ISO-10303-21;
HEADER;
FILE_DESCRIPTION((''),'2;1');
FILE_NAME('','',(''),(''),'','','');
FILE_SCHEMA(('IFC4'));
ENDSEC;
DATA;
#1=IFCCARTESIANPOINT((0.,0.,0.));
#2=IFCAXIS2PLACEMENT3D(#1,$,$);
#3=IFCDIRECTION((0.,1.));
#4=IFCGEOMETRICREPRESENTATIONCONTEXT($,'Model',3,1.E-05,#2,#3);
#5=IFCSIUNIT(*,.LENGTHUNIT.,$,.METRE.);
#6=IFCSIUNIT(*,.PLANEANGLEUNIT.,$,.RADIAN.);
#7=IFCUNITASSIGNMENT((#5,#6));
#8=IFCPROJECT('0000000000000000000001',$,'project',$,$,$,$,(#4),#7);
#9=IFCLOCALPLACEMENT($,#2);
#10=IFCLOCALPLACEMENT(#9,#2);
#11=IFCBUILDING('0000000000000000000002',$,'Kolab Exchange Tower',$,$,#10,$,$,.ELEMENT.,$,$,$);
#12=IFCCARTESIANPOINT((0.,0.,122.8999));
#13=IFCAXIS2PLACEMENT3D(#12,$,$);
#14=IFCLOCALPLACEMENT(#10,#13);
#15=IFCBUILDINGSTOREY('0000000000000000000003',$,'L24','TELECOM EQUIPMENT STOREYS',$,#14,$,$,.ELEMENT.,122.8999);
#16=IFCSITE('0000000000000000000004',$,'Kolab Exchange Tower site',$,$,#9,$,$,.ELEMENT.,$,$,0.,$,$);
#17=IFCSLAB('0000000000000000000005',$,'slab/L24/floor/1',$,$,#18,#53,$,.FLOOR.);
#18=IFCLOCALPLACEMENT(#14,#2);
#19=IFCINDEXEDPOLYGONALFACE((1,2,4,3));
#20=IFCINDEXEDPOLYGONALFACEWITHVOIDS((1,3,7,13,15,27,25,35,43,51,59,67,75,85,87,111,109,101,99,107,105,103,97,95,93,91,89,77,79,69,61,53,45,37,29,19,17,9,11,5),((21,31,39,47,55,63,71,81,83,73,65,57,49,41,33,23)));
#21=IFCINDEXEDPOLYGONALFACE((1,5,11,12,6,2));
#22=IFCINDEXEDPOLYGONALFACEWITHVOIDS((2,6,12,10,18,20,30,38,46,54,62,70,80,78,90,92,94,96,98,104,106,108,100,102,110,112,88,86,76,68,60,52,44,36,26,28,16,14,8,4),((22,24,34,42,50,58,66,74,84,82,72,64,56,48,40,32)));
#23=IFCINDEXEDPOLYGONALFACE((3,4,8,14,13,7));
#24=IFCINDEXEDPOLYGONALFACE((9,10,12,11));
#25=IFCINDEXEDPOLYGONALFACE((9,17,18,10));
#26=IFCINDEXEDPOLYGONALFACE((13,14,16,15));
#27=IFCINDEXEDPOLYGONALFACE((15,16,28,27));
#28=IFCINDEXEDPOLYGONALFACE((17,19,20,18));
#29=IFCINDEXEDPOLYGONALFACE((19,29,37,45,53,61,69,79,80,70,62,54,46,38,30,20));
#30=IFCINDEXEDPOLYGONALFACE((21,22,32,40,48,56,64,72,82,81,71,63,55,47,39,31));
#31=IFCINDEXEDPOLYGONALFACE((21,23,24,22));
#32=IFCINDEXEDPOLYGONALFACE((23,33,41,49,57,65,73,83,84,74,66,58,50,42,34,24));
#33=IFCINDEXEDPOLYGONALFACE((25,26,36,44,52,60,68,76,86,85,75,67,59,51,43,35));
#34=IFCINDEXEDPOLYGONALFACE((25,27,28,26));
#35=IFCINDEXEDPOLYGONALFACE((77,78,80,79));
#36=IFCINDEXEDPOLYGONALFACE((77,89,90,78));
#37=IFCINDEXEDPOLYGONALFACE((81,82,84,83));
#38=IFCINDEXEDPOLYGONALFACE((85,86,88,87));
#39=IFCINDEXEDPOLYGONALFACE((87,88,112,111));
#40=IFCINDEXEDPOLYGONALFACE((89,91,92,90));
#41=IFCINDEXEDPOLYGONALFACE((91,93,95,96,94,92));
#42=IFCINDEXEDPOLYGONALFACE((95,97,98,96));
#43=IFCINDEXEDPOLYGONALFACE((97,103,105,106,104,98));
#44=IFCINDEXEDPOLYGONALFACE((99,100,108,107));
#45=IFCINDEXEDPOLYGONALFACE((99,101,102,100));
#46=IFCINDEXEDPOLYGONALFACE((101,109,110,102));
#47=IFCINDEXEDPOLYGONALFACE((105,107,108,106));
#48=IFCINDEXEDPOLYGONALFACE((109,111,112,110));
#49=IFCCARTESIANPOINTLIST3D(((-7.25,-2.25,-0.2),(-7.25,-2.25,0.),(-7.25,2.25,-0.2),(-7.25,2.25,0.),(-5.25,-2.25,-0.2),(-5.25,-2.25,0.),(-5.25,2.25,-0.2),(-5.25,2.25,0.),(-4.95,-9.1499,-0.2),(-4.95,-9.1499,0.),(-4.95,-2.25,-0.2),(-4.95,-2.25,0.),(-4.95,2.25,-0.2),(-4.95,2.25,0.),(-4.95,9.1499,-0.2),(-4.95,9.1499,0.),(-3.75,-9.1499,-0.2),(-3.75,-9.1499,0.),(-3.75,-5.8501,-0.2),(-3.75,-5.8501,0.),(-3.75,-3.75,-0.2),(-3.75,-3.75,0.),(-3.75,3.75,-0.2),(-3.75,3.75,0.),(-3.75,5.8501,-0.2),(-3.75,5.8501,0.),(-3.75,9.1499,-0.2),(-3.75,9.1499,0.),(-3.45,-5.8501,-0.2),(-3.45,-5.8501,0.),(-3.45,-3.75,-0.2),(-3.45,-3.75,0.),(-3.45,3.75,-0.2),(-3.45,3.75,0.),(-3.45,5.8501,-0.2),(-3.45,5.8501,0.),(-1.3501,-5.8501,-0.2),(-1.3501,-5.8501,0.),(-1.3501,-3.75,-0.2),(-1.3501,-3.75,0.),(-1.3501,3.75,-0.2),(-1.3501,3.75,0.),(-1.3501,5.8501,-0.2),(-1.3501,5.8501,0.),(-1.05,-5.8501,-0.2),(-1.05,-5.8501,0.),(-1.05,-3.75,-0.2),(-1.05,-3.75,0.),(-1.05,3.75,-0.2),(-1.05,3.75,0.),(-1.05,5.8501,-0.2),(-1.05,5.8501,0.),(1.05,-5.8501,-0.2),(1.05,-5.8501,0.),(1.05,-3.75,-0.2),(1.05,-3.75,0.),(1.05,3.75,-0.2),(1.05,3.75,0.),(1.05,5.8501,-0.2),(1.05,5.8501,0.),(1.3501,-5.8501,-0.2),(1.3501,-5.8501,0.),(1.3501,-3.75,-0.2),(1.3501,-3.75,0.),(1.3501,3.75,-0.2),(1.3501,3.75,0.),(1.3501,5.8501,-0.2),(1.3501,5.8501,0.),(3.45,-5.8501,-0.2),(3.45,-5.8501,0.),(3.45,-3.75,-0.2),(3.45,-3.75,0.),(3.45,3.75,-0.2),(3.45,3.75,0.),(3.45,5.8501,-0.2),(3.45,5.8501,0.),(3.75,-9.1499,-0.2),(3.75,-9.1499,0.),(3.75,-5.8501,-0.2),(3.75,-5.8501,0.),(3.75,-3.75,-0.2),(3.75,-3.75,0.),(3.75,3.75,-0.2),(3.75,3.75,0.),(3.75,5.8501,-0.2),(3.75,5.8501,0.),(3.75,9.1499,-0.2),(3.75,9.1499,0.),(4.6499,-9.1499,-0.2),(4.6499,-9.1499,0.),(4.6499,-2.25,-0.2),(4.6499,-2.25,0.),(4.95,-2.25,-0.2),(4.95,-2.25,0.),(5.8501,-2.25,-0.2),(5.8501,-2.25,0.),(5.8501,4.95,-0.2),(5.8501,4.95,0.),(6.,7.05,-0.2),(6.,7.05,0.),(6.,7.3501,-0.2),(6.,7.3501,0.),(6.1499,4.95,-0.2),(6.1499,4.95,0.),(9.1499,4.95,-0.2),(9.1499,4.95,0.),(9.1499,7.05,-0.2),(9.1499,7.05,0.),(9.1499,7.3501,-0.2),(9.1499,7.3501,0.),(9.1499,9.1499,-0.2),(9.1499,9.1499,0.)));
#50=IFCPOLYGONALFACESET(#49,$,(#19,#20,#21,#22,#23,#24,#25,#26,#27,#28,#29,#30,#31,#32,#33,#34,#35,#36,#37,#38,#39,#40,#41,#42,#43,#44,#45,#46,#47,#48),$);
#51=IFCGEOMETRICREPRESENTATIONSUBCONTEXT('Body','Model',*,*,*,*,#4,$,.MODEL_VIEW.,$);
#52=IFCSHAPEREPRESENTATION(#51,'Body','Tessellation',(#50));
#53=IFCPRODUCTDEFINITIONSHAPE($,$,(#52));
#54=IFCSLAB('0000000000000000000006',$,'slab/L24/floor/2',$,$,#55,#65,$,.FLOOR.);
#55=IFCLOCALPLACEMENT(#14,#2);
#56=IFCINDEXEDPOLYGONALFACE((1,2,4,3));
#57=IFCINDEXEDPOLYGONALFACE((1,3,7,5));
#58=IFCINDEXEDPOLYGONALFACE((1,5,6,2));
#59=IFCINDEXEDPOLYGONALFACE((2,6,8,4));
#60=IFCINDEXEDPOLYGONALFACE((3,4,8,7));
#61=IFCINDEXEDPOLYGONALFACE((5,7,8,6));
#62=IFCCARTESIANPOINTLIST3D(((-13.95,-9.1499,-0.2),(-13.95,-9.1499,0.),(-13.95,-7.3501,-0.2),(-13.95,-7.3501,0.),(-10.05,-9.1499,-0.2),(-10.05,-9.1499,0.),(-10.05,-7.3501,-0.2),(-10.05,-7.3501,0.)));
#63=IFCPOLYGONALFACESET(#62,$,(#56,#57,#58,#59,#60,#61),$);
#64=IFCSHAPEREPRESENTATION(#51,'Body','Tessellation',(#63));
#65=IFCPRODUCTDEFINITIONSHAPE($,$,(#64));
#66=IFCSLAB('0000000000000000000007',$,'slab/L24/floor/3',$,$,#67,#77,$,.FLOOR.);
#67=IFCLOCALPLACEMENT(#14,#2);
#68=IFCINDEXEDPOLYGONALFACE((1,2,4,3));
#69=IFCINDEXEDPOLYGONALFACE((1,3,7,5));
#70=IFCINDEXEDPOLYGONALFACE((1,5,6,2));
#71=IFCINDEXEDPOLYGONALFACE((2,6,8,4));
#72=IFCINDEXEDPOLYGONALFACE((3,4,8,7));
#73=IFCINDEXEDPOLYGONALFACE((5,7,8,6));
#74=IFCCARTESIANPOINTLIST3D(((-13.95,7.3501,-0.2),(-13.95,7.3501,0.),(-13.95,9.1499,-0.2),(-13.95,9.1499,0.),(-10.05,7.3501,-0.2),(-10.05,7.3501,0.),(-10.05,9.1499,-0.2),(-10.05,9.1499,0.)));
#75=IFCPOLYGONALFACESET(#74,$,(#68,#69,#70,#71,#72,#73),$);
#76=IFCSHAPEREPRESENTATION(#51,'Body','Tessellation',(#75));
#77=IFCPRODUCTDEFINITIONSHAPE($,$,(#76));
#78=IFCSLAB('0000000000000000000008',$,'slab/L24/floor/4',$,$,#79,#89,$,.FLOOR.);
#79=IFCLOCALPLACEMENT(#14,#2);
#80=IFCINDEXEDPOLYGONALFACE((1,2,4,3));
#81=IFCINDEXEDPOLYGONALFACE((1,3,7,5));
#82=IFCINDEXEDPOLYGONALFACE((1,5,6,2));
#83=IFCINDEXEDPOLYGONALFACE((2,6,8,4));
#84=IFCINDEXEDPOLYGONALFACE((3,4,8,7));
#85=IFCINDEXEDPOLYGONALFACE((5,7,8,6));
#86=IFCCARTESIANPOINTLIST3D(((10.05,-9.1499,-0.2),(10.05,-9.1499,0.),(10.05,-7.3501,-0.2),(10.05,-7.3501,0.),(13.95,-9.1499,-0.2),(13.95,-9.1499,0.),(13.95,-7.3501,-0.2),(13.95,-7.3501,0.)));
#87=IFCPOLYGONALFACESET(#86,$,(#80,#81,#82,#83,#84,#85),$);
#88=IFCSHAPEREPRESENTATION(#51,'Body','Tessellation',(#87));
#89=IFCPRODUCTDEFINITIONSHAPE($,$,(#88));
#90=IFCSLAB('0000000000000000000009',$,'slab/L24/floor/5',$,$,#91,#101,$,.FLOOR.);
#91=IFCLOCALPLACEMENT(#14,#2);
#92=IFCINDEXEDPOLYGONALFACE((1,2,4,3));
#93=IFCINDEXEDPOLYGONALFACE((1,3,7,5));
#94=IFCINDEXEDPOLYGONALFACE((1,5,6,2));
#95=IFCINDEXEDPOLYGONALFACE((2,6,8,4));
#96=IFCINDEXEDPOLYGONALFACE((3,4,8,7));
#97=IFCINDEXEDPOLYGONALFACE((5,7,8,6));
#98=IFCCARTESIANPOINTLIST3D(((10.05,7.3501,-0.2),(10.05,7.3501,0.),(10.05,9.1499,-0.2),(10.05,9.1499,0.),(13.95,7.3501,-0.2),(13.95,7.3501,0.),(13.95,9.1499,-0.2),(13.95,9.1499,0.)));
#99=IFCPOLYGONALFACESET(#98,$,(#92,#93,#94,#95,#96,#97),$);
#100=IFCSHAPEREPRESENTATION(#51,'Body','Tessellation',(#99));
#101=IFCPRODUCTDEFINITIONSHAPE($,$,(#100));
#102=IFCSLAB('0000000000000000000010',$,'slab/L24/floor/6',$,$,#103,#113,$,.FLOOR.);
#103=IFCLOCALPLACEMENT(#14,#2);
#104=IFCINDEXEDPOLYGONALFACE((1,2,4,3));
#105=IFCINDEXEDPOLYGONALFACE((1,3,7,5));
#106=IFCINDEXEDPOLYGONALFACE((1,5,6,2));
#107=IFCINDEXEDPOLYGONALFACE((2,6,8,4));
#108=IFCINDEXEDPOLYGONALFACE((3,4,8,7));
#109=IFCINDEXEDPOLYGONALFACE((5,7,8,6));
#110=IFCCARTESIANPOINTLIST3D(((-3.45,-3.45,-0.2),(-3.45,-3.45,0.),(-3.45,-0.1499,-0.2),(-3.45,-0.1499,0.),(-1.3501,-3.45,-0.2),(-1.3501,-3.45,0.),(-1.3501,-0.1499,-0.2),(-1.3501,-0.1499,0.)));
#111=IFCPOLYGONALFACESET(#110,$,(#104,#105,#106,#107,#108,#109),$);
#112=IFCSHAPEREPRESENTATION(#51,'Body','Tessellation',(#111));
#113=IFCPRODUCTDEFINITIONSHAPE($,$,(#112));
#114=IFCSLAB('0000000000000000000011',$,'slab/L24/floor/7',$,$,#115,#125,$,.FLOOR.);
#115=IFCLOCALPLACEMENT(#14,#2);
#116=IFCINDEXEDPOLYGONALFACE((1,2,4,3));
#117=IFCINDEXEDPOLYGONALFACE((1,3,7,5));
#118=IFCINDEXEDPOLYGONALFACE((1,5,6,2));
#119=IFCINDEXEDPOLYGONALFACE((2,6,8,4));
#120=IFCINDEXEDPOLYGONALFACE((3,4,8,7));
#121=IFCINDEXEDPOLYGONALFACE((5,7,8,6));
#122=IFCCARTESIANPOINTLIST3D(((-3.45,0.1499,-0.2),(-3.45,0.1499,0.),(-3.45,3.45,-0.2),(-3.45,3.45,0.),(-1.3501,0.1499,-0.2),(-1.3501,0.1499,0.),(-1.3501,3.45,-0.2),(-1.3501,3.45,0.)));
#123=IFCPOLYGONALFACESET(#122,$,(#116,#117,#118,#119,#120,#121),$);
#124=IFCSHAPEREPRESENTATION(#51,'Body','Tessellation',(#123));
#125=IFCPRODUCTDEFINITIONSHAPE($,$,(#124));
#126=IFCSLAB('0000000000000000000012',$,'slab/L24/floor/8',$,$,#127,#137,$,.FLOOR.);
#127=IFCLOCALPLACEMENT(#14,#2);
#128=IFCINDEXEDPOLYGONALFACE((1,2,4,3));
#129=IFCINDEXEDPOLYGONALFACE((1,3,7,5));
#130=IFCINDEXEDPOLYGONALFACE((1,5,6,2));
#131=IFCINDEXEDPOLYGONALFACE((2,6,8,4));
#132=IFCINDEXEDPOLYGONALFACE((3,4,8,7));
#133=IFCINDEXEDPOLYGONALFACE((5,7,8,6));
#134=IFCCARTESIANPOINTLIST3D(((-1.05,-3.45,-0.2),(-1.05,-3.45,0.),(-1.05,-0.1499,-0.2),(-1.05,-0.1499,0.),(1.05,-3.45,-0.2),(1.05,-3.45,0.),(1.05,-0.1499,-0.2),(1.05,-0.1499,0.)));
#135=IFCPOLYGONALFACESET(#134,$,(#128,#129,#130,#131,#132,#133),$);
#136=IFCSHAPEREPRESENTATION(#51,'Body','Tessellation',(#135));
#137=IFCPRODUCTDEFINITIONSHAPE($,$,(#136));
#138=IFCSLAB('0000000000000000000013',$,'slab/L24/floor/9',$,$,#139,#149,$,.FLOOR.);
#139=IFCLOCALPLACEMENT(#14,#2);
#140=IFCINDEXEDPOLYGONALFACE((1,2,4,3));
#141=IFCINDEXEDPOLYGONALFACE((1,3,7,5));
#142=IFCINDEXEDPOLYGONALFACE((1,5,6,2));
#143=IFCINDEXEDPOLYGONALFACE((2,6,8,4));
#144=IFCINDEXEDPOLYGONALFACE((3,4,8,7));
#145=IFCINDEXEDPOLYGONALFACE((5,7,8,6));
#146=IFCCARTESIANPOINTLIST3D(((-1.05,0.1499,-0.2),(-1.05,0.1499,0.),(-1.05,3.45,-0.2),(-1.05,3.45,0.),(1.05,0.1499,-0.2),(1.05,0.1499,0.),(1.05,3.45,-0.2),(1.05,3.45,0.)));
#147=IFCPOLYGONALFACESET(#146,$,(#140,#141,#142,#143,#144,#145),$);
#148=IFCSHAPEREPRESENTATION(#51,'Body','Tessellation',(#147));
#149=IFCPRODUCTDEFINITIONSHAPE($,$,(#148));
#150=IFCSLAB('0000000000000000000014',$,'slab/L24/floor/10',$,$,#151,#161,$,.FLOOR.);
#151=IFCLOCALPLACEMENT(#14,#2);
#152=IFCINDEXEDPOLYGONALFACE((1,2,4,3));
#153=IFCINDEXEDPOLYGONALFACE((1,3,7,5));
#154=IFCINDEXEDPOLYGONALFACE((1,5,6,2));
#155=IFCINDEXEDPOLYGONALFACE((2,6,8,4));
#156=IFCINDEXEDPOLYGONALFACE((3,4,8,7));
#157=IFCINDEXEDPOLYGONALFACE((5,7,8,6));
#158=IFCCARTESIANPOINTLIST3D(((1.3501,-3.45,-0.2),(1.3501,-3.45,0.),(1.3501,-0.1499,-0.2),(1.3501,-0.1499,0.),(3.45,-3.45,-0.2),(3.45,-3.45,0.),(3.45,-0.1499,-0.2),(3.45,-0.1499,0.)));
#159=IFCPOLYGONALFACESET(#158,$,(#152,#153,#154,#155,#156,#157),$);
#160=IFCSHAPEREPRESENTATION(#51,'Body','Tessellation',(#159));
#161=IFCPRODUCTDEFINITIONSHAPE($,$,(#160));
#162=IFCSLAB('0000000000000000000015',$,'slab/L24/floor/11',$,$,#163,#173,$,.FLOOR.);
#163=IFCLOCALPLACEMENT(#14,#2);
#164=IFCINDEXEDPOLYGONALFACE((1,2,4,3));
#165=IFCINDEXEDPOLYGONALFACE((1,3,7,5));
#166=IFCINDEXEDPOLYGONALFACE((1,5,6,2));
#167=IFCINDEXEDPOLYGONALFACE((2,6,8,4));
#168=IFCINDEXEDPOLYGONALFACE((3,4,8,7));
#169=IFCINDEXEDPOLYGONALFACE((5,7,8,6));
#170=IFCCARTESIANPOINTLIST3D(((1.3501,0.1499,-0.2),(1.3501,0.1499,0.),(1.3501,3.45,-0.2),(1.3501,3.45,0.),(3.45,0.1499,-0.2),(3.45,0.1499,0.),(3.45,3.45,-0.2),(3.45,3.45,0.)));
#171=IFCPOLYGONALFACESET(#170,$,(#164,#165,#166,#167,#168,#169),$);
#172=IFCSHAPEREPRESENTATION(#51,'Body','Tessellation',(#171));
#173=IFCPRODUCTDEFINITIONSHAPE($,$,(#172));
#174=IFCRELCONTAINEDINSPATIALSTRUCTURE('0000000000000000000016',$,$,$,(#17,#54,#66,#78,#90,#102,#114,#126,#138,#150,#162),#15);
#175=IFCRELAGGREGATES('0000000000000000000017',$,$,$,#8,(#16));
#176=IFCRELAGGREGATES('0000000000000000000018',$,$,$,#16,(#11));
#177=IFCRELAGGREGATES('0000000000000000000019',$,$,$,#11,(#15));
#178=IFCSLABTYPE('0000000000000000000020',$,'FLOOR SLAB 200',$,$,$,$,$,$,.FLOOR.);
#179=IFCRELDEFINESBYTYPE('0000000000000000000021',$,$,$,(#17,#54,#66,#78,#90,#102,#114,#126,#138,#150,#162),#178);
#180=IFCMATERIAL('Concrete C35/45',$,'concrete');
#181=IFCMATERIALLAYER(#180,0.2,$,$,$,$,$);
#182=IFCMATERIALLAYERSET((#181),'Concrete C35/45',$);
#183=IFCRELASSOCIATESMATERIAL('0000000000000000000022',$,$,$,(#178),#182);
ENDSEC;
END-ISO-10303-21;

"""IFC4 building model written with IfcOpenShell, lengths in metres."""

from ifc_helpers import new_model, si_unit, direction, frame, origin, place, context, subcontext, project, spatial, polyline, outline, extrude, material, layer, layer_set, type_object, element, save


model = new_model("IFC4")

# Units and contexts
model_context = context("Model", 3, precision=1e-05, world=origin(), true_north=direction((0.0, 1.0)))
body_context = subcontext(model_context, "Body", "Model", "MODEL_VIEW")
ifc_project = project(units=[si_unit("LENGTHUNIT", "METRE"), si_unit("PLANEANGLEUNIT", "RADIAN")], contexts=[model_context])

# Site, building, storey
site_placement = place(None, origin())
site = spatial("IfcSite", under=ifc_project, at=site_placement, Name="Kolab Exchange Tower site", CompositionType="ELEMENT", RefElevation=0.0)
building_placement = place(site_placement, origin())
building = spatial("IfcBuilding", under=site, at=building_placement, Name="Kolab Exchange Tower", CompositionType="ELEMENT")
storey_placement = place(building_placement, frame((0.0, 0.0, 122.8999)))
storey = spatial("IfcBuildingStorey", under=building, at=storey_placement, Name="L24", Description="TELECOM EQUIPMENT STOREYS", CompositionType="ELEMENT", Elevation=122.8999)

# Slabs
ifc_material = material(Name="Concrete C35/45", Category="concrete")
ifc_layer = layer(ifc_material, 0.2)
ifc_layer_set = layer_set([ifc_layer], Name="Concrete C35/45")
slab_type = type_object("IfcSlabType", Name="FLOOR SLAB 200", PredefinedType="FLOOR", material=ifc_layer_set)
slab_1_placement = place(storey_placement, frame((0.0, 0.0, -0.2)))
element("IfcSlab", 1, at=slab_1_placement, inside=storey, type_object=slab_type, Name="slab/L24/floor/1", PredefinedType="FLOOR", context=body_context, shape_type="SweptSolid", body=[
    extrude(outline(polyline([(-4.95, 9.1499), (-4.95, 2.25), (-5.25, 2.25), (-7.25, 2.25), (-7.25, -2.25), (-5.25, -2.25), (-4.95, -2.25), (-4.95, -9.1499), (-3.75, -9.1499), (-3.75, -5.8501), (-3.45, -5.8501), (-1.3501, -5.8501), (-1.05, -5.8501), (1.05, -5.8501), (1.3501, -5.8501), (3.45, -5.8501), (3.75, -5.8501), (3.75, -9.1499), (4.6499, -9.1499), (4.6499, -2.25), (4.95, -2.25), (5.8501, -2.25), (5.8501, 4.95), (6.1499, 4.95), (9.1499, 4.95), (9.1499, 7.05), (6.0, 7.05), (6.0, 7.3501), (9.1499, 7.3501), (9.1499, 9.1499), (3.75, 9.1499), (3.75, 5.8501), (3.45, 5.8501), (1.3501, 5.8501), (1.05, 5.8501), (-1.05, 5.8501), (-1.3501, 5.8501), (-3.45, 5.8501), (-3.75, 5.8501), (-3.75, 9.1499), (-4.95, 9.1499)]), holes=[polyline([(-3.75, -3.75), (-3.75, 3.75), (-3.45, 3.75), (-1.3501, 3.75), (-1.05, 3.75), (1.05, 3.75), (1.3501, 3.75), (3.45, 3.75), (3.75, 3.75), (3.75, -3.75), (3.45, -3.75), (1.3501, -3.75), (1.05, -3.75), (-1.05, -3.75), (-1.3501, -3.75), (-3.45, -3.75), (-3.75, -3.75)])]), origin(), (0.0, 0.0, 1.0), 0.2),
])
slab_2_placement = place(storey_placement, frame((0.0, 0.0, -0.2)))
element("IfcSlab", 2, at=slab_2_placement, inside=storey, type_object=slab_type, Name="slab/L24/floor/2", PredefinedType="FLOOR", context=body_context, shape_type="SweptSolid", body=[
    extrude(outline(polyline([(-10.05, -9.1499), (-10.05, -7.3501), (-13.95, -7.3501), (-13.95, -9.1499), (-10.05, -9.1499)])), origin(), (0.0, 0.0, 1.0), 0.2),
])
slab_3_placement = place(storey_placement, frame((0.0, 0.0, -0.2)))
element("IfcSlab", 3, at=slab_3_placement, inside=storey, type_object=slab_type, Name="slab/L24/floor/3", PredefinedType="FLOOR", context=body_context, shape_type="SweptSolid", body=[
    extrude(outline(polyline([(-10.05, 9.1499), (-13.95, 9.1499), (-13.95, 7.3501), (-10.05, 7.3501), (-10.05, 9.1499)])), origin(), (0.0, 0.0, 1.0), 0.2),
])
slab_4_placement = place(storey_placement, frame((0.0, 0.0, -0.2)))
element("IfcSlab", 4, at=slab_4_placement, inside=storey, type_object=slab_type, Name="slab/L24/floor/4", PredefinedType="FLOOR", context=body_context, shape_type="SweptSolid", body=[
    extrude(outline(polyline([(10.05, -9.1499), (13.95, -9.1499), (13.95, -7.3501), (10.05, -7.3501), (10.05, -9.1499)])), origin(), (0.0, 0.0, 1.0), 0.2),
])
slab_5_placement = place(storey_placement, frame((0.0, 0.0, -0.2)))
element("IfcSlab", 5, at=slab_5_placement, inside=storey, type_object=slab_type, Name="slab/L24/floor/5", PredefinedType="FLOOR", context=body_context, shape_type="SweptSolid", body=[
    extrude(outline(polyline([(13.95, 9.1499), (10.05, 9.1499), (10.05, 7.3501), (13.95, 7.3501), (13.95, 9.1499)])), origin(), (0.0, 0.0, 1.0), 0.2),
])
slab_6_placement = place(storey_placement, frame((0.0, 0.0, -0.2)))
element("IfcSlab", 6, at=slab_6_placement, inside=storey, type_object=slab_type, Name="slab/L24/floor/6", PredefinedType="FLOOR", context=body_context, shape_type="SweptSolid", body=[
    extrude(outline(polyline([(-1.3501, -3.45), (-1.3501, -0.1499), (-3.45, -0.1499), (-3.45, -3.45), (-1.3501, -3.45)])), origin(), (0.0, 0.0, 1.0), 0.2),
])
slab_7_placement = place(storey_placement, frame((0.0, 0.0, -0.2)))
element("IfcSlab", 7, at=slab_7_placement, inside=storey, type_object=slab_type, Name="slab/L24/floor/7", PredefinedType="FLOOR", context=body_context, shape_type="SweptSolid", body=[
    extrude(outline(polyline([(-1.3501, 0.1499), (-1.3501, 3.45), (-3.45, 3.45), (-3.45, 0.1499), (-1.3501, 0.1499)])), origin(), (0.0, 0.0, 1.0), 0.2),
])
slab_8_placement = place(storey_placement, frame((0.0, 0.0, -0.2)))
element("IfcSlab", 8, at=slab_8_placement, inside=storey, type_object=slab_type, Name="slab/L24/floor/8", PredefinedType="FLOOR", context=body_context, shape_type="SweptSolid", body=[
    extrude(outline(polyline([(-1.05, -0.1499), (-1.05, -3.45), (1.05, -3.45), (1.05, -0.1499), (-1.05, -0.1499)])), origin(), (0.0, 0.0, 1.0), 0.2),
])
slab_9_placement = place(storey_placement, frame((0.0, 0.0, -0.2)))
element("IfcSlab", 9, at=slab_9_placement, inside=storey, type_object=slab_type, Name="slab/L24/floor/9", PredefinedType="FLOOR", context=body_context, shape_type="SweptSolid", body=[
    extrude(outline(polyline([(-1.05, 3.45), (-1.05, 0.1499), (1.05, 0.1499), (1.05, 3.45), (-1.05, 3.45)])), origin(), (0.0, 0.0, 1.0), 0.2),
])
slab_10_placement = place(storey_placement, frame((0.0, 0.0, -0.2)))
element("IfcSlab", 10, at=slab_10_placement, inside=storey, type_object=slab_type, Name="slab/L24/floor/10", PredefinedType="FLOOR", context=body_context, shape_type="SweptSolid", body=[
    extrude(outline(polyline([(1.3501, -3.45), (3.45, -3.45), (3.45, -0.1499), (1.3501, -0.1499), (1.3501, -3.45)])), origin(), (0.0, 0.0, 1.0), 0.2),
])
slab_11_placement = place(storey_placement, frame((0.0, 0.0, -0.2)))
element("IfcSlab", 11, at=slab_11_placement, inside=storey, type_object=slab_type, Name="slab/L24/floor/11", PredefinedType="FLOOR", context=body_context, shape_type="SweptSolid", body=[
    extrude(outline(polyline([(1.3501, 0.1499), (3.45, 0.1499), (3.45, 3.45), (1.3501, 3.45), (1.3501, 0.1499)])), origin(), (0.0, 0.0, 1.0), 0.2),
])

save(model, "model.ifc")
